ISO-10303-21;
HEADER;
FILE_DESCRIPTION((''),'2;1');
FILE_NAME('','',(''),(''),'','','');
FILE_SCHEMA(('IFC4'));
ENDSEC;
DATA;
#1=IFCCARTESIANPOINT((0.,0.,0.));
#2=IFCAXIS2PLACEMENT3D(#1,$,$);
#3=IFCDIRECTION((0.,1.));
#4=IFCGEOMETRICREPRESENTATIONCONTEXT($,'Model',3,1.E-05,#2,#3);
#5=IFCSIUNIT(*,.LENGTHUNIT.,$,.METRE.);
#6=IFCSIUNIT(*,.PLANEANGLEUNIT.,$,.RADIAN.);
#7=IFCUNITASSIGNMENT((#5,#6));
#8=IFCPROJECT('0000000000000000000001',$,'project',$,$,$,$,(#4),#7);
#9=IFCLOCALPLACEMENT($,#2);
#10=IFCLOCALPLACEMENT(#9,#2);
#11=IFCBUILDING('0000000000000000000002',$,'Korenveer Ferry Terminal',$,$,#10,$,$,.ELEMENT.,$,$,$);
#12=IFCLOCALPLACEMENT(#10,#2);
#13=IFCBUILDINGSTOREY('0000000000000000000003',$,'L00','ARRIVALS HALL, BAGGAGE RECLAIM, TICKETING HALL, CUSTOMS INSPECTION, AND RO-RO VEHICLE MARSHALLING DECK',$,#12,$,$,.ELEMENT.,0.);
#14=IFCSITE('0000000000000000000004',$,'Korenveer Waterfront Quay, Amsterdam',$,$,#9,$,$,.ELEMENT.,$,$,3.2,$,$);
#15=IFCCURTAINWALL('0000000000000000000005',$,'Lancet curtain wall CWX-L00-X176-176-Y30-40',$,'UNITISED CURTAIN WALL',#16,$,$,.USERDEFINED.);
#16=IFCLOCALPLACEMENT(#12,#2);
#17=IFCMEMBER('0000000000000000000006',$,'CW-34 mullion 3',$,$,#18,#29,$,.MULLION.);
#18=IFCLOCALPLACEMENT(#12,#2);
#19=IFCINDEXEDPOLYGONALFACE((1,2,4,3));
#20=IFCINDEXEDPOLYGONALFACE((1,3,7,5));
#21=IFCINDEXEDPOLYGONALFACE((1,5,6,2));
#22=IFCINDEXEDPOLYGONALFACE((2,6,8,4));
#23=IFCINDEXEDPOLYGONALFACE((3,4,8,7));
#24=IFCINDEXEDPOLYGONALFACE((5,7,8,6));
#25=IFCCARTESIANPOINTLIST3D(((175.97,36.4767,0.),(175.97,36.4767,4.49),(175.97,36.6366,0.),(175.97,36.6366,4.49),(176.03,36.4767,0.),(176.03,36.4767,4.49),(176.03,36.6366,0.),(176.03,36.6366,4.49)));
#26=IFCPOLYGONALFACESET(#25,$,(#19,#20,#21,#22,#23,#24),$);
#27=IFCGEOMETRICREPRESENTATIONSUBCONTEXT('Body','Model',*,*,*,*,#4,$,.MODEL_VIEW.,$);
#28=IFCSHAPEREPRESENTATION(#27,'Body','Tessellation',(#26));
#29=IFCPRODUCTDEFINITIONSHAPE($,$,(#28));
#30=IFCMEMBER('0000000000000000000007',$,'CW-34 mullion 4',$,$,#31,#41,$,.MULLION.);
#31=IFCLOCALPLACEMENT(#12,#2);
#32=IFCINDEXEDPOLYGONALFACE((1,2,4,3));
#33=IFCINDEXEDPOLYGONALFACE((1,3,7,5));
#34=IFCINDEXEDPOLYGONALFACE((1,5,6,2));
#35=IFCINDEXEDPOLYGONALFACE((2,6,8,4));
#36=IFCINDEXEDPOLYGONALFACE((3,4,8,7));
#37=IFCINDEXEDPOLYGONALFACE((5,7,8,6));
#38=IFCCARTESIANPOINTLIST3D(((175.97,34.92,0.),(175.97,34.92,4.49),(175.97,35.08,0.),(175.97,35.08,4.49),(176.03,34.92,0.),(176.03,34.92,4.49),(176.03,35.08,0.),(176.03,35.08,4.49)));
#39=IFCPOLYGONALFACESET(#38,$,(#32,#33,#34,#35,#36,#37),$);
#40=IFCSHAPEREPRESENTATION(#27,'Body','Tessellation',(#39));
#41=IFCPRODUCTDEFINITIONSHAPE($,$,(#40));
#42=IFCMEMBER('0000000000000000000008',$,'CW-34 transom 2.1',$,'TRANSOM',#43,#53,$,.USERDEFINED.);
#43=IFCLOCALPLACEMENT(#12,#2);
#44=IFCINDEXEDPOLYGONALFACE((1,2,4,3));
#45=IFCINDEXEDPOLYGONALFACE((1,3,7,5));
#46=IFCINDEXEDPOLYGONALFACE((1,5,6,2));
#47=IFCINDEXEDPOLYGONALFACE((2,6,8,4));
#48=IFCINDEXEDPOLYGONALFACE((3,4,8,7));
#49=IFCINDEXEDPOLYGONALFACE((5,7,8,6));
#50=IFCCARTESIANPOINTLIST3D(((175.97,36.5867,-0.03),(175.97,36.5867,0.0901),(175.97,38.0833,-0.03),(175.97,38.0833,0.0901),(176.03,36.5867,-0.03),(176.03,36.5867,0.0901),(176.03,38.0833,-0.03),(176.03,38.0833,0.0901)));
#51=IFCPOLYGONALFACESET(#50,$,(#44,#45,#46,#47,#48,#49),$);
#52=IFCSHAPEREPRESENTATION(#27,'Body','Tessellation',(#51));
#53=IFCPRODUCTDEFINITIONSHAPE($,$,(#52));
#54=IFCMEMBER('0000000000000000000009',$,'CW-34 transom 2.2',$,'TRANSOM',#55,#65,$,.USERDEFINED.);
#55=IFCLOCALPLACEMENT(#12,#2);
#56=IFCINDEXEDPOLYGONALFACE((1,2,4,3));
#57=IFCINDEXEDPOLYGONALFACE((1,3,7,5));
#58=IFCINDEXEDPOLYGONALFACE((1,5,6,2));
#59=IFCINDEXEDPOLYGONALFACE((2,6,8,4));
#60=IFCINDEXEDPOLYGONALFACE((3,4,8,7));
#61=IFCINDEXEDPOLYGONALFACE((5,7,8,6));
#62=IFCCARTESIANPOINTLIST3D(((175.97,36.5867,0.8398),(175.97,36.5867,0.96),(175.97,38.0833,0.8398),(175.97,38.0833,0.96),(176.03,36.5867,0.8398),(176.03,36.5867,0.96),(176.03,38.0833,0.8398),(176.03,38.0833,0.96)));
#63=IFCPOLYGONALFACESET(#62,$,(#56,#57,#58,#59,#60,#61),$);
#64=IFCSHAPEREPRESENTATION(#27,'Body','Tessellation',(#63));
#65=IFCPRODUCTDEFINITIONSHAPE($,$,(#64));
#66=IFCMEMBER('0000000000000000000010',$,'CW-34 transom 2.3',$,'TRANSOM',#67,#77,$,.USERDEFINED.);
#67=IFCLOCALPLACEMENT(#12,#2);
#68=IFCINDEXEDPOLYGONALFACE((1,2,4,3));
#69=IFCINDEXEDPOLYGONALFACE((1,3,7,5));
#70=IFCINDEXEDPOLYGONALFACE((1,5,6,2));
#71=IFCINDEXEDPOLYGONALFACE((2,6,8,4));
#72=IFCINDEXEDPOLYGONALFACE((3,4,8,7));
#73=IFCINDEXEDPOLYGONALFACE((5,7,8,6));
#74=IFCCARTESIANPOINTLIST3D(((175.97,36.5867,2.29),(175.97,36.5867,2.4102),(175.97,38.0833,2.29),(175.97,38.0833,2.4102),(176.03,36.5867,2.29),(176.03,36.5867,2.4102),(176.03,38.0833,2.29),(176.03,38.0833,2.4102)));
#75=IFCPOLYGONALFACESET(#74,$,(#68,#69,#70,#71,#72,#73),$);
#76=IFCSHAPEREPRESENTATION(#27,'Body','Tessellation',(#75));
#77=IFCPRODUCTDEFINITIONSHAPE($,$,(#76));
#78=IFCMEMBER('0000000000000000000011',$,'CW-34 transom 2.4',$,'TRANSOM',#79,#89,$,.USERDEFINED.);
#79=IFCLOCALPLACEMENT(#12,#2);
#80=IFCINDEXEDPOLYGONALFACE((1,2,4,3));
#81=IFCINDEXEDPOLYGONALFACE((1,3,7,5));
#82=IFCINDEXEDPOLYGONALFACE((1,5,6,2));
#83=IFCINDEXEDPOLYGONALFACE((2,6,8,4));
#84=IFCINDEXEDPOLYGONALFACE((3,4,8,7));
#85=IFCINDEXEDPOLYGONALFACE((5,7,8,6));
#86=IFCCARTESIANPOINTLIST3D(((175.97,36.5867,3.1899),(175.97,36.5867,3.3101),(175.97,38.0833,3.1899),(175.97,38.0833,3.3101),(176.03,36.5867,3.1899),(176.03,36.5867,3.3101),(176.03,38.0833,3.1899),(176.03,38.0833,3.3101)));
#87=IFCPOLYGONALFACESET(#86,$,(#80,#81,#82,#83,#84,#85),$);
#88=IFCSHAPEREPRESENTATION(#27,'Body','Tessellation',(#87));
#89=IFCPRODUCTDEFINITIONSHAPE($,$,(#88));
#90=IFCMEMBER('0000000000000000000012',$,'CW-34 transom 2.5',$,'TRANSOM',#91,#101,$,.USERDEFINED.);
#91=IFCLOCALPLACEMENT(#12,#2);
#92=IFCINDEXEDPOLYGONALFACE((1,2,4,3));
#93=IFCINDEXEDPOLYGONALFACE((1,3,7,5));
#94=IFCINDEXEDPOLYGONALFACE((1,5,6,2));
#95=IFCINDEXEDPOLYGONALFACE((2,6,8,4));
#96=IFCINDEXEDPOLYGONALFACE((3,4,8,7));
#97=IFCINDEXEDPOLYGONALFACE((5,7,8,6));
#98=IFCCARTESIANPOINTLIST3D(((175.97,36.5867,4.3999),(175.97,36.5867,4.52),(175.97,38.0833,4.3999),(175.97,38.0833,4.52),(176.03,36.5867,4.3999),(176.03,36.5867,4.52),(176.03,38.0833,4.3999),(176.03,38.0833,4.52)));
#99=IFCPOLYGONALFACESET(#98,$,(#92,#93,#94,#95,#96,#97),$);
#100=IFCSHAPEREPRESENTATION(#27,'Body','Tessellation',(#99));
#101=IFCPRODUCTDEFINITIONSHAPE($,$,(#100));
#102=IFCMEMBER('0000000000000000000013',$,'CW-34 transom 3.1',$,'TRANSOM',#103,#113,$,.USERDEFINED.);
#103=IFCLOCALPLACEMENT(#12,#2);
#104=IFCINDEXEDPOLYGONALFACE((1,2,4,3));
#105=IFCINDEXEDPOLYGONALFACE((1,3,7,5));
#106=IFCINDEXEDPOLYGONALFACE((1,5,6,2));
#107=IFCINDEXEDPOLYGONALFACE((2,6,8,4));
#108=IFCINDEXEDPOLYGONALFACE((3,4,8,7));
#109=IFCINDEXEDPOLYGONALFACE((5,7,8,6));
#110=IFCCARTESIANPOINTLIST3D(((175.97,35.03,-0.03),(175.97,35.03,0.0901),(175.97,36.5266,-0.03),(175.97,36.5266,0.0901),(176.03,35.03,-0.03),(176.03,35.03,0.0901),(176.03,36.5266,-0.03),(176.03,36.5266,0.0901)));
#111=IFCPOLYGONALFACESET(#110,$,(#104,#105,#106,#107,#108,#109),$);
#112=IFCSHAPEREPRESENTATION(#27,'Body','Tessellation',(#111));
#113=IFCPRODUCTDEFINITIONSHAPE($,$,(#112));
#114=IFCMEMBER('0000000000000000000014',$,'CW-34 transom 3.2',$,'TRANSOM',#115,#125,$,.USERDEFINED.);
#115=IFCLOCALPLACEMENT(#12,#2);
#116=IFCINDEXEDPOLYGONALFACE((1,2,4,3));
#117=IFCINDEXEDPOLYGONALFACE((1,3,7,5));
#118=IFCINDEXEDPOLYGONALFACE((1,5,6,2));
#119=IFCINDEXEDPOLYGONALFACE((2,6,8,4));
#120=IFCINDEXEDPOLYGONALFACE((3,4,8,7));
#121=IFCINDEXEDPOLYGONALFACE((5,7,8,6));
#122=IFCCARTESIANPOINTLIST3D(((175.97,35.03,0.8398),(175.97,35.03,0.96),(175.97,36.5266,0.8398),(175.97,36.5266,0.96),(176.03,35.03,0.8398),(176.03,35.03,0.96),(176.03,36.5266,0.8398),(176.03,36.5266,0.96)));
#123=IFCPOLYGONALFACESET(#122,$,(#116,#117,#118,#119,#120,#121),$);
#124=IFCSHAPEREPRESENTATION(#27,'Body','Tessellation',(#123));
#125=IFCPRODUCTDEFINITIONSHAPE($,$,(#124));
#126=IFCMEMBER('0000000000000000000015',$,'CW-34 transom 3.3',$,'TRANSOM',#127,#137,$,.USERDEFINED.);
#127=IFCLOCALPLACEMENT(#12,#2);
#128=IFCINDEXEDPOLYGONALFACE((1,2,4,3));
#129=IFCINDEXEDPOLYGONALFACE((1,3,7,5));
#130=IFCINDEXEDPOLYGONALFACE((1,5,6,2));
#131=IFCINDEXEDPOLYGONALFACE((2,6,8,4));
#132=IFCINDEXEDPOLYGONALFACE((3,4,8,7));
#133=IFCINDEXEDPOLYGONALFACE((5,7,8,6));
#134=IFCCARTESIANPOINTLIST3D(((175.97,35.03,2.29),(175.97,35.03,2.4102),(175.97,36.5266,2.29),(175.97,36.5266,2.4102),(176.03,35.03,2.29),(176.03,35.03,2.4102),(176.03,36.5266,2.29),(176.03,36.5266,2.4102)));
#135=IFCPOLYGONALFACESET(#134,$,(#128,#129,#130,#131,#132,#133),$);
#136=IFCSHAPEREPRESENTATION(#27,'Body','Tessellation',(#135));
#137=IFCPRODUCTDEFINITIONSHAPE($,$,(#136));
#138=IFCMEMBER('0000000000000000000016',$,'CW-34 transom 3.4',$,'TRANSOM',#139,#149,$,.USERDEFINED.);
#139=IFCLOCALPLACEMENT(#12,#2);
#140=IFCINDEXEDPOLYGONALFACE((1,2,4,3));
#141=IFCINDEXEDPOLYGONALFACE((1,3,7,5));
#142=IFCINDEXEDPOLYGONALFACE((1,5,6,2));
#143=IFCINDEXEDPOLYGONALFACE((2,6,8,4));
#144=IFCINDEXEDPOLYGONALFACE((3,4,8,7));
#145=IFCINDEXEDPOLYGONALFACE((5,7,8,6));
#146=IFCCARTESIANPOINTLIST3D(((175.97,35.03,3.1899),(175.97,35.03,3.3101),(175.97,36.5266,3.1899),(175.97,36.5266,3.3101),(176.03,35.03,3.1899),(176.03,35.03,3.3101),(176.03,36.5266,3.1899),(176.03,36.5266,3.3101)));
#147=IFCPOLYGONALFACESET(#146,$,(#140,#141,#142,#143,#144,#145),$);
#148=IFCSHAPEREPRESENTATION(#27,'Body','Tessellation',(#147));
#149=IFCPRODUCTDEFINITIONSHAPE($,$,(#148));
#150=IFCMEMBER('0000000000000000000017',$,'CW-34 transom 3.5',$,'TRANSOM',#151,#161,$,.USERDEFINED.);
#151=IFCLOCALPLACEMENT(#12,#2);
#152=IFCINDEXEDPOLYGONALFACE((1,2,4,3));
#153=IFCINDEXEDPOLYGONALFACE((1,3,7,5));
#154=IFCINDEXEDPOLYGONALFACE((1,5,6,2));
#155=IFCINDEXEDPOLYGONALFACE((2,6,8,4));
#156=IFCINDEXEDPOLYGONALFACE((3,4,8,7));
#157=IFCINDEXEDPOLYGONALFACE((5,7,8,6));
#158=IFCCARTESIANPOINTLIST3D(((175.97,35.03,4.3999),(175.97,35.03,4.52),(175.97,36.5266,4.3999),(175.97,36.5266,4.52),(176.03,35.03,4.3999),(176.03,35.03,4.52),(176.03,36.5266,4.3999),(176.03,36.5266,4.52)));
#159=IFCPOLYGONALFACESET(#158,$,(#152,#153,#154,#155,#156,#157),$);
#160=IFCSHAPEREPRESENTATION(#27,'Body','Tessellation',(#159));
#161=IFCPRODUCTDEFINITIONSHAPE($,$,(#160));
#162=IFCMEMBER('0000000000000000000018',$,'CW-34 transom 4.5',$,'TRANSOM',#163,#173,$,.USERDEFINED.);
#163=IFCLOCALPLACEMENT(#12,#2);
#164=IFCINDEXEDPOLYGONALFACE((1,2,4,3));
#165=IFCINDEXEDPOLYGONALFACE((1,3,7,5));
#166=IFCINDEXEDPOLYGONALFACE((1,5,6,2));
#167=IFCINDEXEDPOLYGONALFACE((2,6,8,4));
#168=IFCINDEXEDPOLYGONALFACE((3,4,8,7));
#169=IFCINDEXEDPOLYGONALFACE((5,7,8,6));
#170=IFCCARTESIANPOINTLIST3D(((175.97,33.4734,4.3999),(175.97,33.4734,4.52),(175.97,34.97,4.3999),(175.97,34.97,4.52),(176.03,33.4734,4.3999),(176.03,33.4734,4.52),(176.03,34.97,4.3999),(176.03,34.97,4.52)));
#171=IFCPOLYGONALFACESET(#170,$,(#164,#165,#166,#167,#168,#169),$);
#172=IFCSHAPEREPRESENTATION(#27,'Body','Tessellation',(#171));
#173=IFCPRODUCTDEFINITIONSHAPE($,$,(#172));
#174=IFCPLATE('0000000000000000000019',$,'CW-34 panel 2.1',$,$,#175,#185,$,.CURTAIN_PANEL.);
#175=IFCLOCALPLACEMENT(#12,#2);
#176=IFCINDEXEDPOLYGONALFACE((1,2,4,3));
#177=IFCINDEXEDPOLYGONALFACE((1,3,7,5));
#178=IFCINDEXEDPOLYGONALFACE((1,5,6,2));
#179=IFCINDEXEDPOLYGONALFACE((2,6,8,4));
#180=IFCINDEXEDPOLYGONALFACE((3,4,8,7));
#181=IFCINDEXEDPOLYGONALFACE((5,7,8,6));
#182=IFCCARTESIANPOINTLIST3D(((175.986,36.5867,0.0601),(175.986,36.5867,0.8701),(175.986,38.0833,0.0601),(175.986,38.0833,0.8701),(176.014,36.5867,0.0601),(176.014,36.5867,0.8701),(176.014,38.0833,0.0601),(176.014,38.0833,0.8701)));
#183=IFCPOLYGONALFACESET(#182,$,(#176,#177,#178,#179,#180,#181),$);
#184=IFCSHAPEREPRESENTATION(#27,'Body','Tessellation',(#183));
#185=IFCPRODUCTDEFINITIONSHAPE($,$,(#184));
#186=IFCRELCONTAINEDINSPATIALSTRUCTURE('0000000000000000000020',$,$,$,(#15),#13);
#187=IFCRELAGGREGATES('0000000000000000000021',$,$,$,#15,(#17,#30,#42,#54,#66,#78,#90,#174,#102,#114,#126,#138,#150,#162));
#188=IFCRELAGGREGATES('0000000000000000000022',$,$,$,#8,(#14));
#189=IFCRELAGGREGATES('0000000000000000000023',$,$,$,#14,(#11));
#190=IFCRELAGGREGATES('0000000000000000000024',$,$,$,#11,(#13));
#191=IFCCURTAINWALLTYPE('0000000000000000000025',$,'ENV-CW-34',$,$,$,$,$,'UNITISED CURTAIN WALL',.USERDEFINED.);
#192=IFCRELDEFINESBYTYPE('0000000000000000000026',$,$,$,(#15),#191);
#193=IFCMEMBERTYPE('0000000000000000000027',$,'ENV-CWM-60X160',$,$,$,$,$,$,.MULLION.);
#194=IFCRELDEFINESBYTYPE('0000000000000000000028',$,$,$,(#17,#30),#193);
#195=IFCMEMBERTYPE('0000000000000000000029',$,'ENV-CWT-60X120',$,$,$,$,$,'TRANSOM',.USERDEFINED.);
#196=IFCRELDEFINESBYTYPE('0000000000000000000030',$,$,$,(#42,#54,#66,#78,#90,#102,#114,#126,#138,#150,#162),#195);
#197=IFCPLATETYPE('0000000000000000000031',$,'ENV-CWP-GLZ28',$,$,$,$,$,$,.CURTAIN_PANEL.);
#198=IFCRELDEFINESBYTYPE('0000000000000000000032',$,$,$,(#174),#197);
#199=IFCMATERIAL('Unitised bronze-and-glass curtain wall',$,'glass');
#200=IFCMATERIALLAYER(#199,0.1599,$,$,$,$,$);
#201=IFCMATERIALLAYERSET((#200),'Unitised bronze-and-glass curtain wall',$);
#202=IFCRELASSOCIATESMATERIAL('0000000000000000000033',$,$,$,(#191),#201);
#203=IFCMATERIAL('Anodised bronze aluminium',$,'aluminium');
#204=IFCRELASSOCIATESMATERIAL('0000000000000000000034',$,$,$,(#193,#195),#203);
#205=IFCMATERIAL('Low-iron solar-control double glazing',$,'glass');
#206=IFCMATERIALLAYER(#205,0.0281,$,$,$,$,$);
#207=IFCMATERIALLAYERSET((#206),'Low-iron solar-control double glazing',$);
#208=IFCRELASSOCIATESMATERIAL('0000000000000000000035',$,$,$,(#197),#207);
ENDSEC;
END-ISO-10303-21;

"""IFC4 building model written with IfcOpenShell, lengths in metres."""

from ifc_helpers import new_model, si_unit, direction, frame, origin, origin_2d, place, context, subcontext, project, spatial, rectangle, extrude, material, layer, layer_set, material_profile, profile_set, type_object, element, aggregate, save


model = new_model("IFC4")

# Units and contexts
model_context = context("Model", 3, precision=1e-05, world=origin(), true_north=direction((0.0, 1.0)))
body_context = subcontext(model_context, "Body", "Model", "MODEL_VIEW")
ifc_project = project(units=[si_unit("LENGTHUNIT", "METRE"), si_unit("PLANEANGLEUNIT", "RADIAN")], contexts=[model_context])

# Site, building, storey
site_placement = place(None, origin())
site = spatial("IfcSite", under=ifc_project, at=site_placement, Name="Korenveer Waterfront Quay, Amsterdam", CompositionType="ELEMENT", RefElevation=3.2)
building_placement = place(site_placement, origin())
building = spatial("IfcBuilding", under=site, at=building_placement, Name="Korenveer Ferry Terminal", CompositionType="ELEMENT")
storey_placement = place(building_placement, origin())
storey = spatial("IfcBuildingStorey", under=building, at=storey_placement, Name="L00", Description="ARRIVALS HALL, BAGGAGE RECLAIM, TICKETING HALL, CUSTOMS INSPECTION, AND RO-RO VEHICLE MARSHALLING DECK", CompositionType="ELEMENT", Elevation=0.0)

# Curtain wall, members, plate
ifc_material_1 = material(Name="Unitised bronze-and-glass curtain wall", Category="glass")
ifc_layer_1 = layer(ifc_material_1, 0.1599)
ifc_layer_set_1 = layer_set([ifc_layer_1], Name="Unitised bronze-and-glass curtain wall")
curtain_wall_type = type_object("IfcCurtainWallType", Name="ENV-CW-34", ElementType="UNITISED CURTAIN WALL", PredefinedType="USERDEFINED", material=ifc_layer_set_1)
curtain_wall_placement = place(storey_placement, frame((176.0, 39.6699, 0.0)))
curtain_wall = element("IfcCurtainWall", 1, at=curtain_wall_placement, inside=storey, type_object=curtain_wall_type, Name="Lancet curtain wall CWX-L00-X176-176-Y30-40", ObjectType="UNITISED CURTAIN WALL", PredefinedType="USERDEFINED")
ifc_material_2 = material(Name="Anodised bronze aluminium", Category="aluminium")
ifc_material_profile_1 = material_profile(ifc_material_2, rectangle(XDim=0.0601, YDim=0.1599, at=origin_2d()), Name="ALU 60x160")
ifc_profile_set_1 = profile_set([ifc_material_profile_1], Name="Anodised bronze aluminium")
member_type_1 = type_object("IfcMemberType", Name="ENV-CWM-60X160", PredefinedType="MULLION", material=ifc_profile_set_1)
member_1_placement = place(storey_placement, frame((176.0, 36.5566, 0.0), z_axis=(0.0, 0.0, 1.0), x_axis=(1.0, 0.0, 0.0)))
member_1 = element("IfcMember", 2, at=member_1_placement, type_object=member_type_1, Name="CW-34 mullion 3", PredefinedType="MULLION", context=body_context, shape_type="SweptSolid", body=[
    extrude(rectangle(XDim=0.0601, YDim=0.1599, at=origin_2d()), origin(), (0.0, 0.0, 1.0), 4.49),
])
member_2_placement = place(storey_placement, frame((176.0, 35.0, 0.0), z_axis=(0.0, 0.0, 1.0), x_axis=(1.0, 0.0, 0.0)))
member_2 = element("IfcMember", 3, at=member_2_placement, type_object=member_type_1, Name="CW-34 mullion 4", PredefinedType="MULLION", context=body_context, shape_type="SweptSolid", body=[
    extrude(rectangle(XDim=0.0601, YDim=0.1599, at=origin_2d()), origin(), (0.0, 0.0, 1.0), 4.49),
])
ifc_material_profile_2 = material_profile(ifc_material_2, rectangle(XDim=0.0601, YDim=0.1201, at=origin_2d()), Name="ALU 60x120")
ifc_profile_set_2 = profile_set([ifc_material_profile_2], Name="Anodised bronze aluminium")
member_type_2 = type_object("IfcMemberType", Name="ENV-CWT-60X120", ElementType="TRANSOM", PredefinedType="USERDEFINED", material=ifc_profile_set_2)
member_3_placement = place(storey_placement, frame((176.0, 38.0833, 0.03), z_axis=(0.0, -1.0, 0.0), x_axis=(1.0, 0.0, 0.0)))
member_3 = element("IfcMember", 4, at=member_3_placement, type_object=member_type_2, Name="CW-34 transom 2.1", ObjectType="TRANSOM", PredefinedType="USERDEFINED", context=body_context, shape_type="SweptSolid", body=[
    extrude(rectangle(XDim=0.0601, YDim=0.1201, at=origin_2d()), origin(), (0.0, 0.0, 1.0), 1.4966),
])
member_4_placement = place(storey_placement, frame((176.0, 38.0833, 0.8999), z_axis=(0.0, -1.0, 0.0), x_axis=(1.0, 0.0, 0.0)))
member_4 = element("IfcMember", 5, at=member_4_placement, type_object=member_type_2, Name="CW-34 transom 2.2", ObjectType="TRANSOM", PredefinedType="USERDEFINED", context=body_context, shape_type="SweptSolid", body=[
    extrude(rectangle(XDim=0.0601, YDim=0.1201, at=origin_2d()), origin(), (0.0, 0.0, 1.0), 1.4966),
])
member_5_placement = place(storey_placement, frame((176.0, 38.0833, 2.3501), z_axis=(0.0, -1.0, 0.0), x_axis=(1.0, 0.0, 0.0)))
member_5 = element("IfcMember", 6, at=member_5_placement, type_object=member_type_2, Name="CW-34 transom 2.3", ObjectType="TRANSOM", PredefinedType="USERDEFINED", context=body_context, shape_type="SweptSolid", body=[
    extrude(rectangle(XDim=0.0601, YDim=0.1201, at=origin_2d()), origin(), (0.0, 0.0, 1.0), 1.4966),
])
member_6_placement = place(storey_placement, frame((176.0, 38.0833, 3.25), z_axis=(0.0, -1.0, 0.0), x_axis=(1.0, 0.0, 0.0)))
member_6 = element("IfcMember", 7, at=member_6_placement, type_object=member_type_2, Name="CW-34 transom 2.4", ObjectType="TRANSOM", PredefinedType="USERDEFINED", context=body_context, shape_type="SweptSolid", body=[
    extrude(rectangle(XDim=0.0601, YDim=0.1201, at=origin_2d()), origin(), (0.0, 0.0, 1.0), 1.4966),
])
member_7_placement = place(storey_placement, frame((176.0, 38.0833, 4.46), z_axis=(0.0, -1.0, 0.0), x_axis=(1.0, 0.0, 0.0)))
member_7 = element("IfcMember", 8, at=member_7_placement, type_object=member_type_2, Name="CW-34 transom 2.5", ObjectType="TRANSOM", PredefinedType="USERDEFINED", context=body_context, shape_type="SweptSolid", body=[
    extrude(rectangle(XDim=0.0601, YDim=0.1201, at=origin_2d()), origin(), (0.0, 0.0, 1.0), 1.4966),
])
member_8_placement = place(storey_placement, frame((176.0, 36.5266, 0.03), z_axis=(0.0, -1.0, 0.0), x_axis=(1.0, 0.0, 0.0)))
member_8 = element("IfcMember", 9, at=member_8_placement, type_object=member_type_2, Name="CW-34 transom 3.1", ObjectType="TRANSOM", PredefinedType="USERDEFINED", context=body_context, shape_type="SweptSolid", body=[
    extrude(rectangle(XDim=0.0601, YDim=0.1201, at=origin_2d()), origin(), (0.0, 0.0, 1.0), 1.4966),
])
member_9_placement = place(storey_placement, frame((176.0, 36.5266, 0.8999), z_axis=(0.0, -1.0, 0.0), x_axis=(1.0, 0.0, 0.0)))
member_9 = element("IfcMember", 10, at=member_9_placement, type_object=member_type_2, Name="CW-34 transom 3.2", ObjectType="TRANSOM", PredefinedType="USERDEFINED", context=body_context, shape_type="SweptSolid", body=[
    extrude(rectangle(XDim=0.0601, YDim=0.1201, at=origin_2d()), origin(), (0.0, 0.0, 1.0), 1.4966),
])
member_10_placement = place(storey_placement, frame((176.0, 36.5266, 2.3501), z_axis=(0.0, -1.0, 0.0), x_axis=(1.0, 0.0, 0.0)))
member_10 = element("IfcMember", 11, at=member_10_placement, type_object=member_type_2, Name="CW-34 transom 3.3", ObjectType="TRANSOM", PredefinedType="USERDEFINED", context=body_context, shape_type="SweptSolid", body=[
    extrude(rectangle(XDim=0.0601, YDim=0.1201, at=origin_2d()), origin(), (0.0, 0.0, 1.0), 1.4966),
])
member_11_placement = place(storey_placement, frame((176.0, 36.5266, 3.25), z_axis=(0.0, -1.0, 0.0), x_axis=(1.0, 0.0, 0.0)))
member_11 = element("IfcMember", 12, at=member_11_placement, type_object=member_type_2, Name="CW-34 transom 3.4", ObjectType="TRANSOM", PredefinedType="USERDEFINED", context=body_context, shape_type="SweptSolid", body=[
    extrude(rectangle(XDim=0.0601, YDim=0.1201, at=origin_2d()), origin(), (0.0, 0.0, 1.0), 1.4966),
])
member_12_placement = place(storey_placement, frame((176.0, 36.5266, 4.46), z_axis=(0.0, -1.0, 0.0), x_axis=(1.0, 0.0, 0.0)))
member_12 = element("IfcMember", 13, at=member_12_placement, type_object=member_type_2, Name="CW-34 transom 3.5", ObjectType="TRANSOM", PredefinedType="USERDEFINED", context=body_context, shape_type="SweptSolid", body=[
    extrude(rectangle(XDim=0.0601, YDim=0.1201, at=origin_2d()), origin(), (0.0, 0.0, 1.0), 1.4966),
])
member_13_placement = place(storey_placement, frame((176.0, 34.97, 4.46), z_axis=(0.0, -1.0, 0.0), x_axis=(1.0, 0.0, 0.0)))
member_13 = element("IfcMember", 14, at=member_13_placement, type_object=member_type_2, Name="CW-34 transom 4.5", ObjectType="TRANSOM", PredefinedType="USERDEFINED", context=body_context, shape_type="SweptSolid", body=[
    extrude(rectangle(XDim=0.0601, YDim=0.1201, at=origin_2d()), origin(), (0.0, 0.0, 1.0), 1.4966),
])
ifc_material_3 = material(Name="Low-iron solar-control double glazing", Category="glass")
ifc_layer_2 = layer(ifc_material_3, 0.0281)
ifc_layer_set_2 = layer_set([ifc_layer_2], Name="Low-iron solar-control double glazing")
plate_type = type_object("IfcPlateType", Name="ENV-CWP-GLZ28", PredefinedType="CURTAIN_PANEL", material=ifc_layer_set_2)
plate_1_placement = place(storey_placement, frame((176.0, 37.335, 0.0601), z_axis=(0.0, 0.0, 1.0), x_axis=(0.0, -1.0, 0.0)))
plate_1 = element("IfcPlate", 15, at=plate_1_placement, type_object=plate_type, Name="CW-34 panel 2.1", PredefinedType="CURTAIN_PANEL", context=body_context, shape_type="SweptSolid", body=[
    extrude(rectangle(XDim=1.4966, YDim=0.0281, at=origin_2d()), origin(), (0.0, 0.0, 1.0), 0.8101),
])
aggregate(curtain_wall, [member_1, member_2, member_3, member_4, member_5, member_6, member_7, plate_1, member_8, member_9, member_10, member_11, member_12, member_13])

save(model, "model.ifc")
